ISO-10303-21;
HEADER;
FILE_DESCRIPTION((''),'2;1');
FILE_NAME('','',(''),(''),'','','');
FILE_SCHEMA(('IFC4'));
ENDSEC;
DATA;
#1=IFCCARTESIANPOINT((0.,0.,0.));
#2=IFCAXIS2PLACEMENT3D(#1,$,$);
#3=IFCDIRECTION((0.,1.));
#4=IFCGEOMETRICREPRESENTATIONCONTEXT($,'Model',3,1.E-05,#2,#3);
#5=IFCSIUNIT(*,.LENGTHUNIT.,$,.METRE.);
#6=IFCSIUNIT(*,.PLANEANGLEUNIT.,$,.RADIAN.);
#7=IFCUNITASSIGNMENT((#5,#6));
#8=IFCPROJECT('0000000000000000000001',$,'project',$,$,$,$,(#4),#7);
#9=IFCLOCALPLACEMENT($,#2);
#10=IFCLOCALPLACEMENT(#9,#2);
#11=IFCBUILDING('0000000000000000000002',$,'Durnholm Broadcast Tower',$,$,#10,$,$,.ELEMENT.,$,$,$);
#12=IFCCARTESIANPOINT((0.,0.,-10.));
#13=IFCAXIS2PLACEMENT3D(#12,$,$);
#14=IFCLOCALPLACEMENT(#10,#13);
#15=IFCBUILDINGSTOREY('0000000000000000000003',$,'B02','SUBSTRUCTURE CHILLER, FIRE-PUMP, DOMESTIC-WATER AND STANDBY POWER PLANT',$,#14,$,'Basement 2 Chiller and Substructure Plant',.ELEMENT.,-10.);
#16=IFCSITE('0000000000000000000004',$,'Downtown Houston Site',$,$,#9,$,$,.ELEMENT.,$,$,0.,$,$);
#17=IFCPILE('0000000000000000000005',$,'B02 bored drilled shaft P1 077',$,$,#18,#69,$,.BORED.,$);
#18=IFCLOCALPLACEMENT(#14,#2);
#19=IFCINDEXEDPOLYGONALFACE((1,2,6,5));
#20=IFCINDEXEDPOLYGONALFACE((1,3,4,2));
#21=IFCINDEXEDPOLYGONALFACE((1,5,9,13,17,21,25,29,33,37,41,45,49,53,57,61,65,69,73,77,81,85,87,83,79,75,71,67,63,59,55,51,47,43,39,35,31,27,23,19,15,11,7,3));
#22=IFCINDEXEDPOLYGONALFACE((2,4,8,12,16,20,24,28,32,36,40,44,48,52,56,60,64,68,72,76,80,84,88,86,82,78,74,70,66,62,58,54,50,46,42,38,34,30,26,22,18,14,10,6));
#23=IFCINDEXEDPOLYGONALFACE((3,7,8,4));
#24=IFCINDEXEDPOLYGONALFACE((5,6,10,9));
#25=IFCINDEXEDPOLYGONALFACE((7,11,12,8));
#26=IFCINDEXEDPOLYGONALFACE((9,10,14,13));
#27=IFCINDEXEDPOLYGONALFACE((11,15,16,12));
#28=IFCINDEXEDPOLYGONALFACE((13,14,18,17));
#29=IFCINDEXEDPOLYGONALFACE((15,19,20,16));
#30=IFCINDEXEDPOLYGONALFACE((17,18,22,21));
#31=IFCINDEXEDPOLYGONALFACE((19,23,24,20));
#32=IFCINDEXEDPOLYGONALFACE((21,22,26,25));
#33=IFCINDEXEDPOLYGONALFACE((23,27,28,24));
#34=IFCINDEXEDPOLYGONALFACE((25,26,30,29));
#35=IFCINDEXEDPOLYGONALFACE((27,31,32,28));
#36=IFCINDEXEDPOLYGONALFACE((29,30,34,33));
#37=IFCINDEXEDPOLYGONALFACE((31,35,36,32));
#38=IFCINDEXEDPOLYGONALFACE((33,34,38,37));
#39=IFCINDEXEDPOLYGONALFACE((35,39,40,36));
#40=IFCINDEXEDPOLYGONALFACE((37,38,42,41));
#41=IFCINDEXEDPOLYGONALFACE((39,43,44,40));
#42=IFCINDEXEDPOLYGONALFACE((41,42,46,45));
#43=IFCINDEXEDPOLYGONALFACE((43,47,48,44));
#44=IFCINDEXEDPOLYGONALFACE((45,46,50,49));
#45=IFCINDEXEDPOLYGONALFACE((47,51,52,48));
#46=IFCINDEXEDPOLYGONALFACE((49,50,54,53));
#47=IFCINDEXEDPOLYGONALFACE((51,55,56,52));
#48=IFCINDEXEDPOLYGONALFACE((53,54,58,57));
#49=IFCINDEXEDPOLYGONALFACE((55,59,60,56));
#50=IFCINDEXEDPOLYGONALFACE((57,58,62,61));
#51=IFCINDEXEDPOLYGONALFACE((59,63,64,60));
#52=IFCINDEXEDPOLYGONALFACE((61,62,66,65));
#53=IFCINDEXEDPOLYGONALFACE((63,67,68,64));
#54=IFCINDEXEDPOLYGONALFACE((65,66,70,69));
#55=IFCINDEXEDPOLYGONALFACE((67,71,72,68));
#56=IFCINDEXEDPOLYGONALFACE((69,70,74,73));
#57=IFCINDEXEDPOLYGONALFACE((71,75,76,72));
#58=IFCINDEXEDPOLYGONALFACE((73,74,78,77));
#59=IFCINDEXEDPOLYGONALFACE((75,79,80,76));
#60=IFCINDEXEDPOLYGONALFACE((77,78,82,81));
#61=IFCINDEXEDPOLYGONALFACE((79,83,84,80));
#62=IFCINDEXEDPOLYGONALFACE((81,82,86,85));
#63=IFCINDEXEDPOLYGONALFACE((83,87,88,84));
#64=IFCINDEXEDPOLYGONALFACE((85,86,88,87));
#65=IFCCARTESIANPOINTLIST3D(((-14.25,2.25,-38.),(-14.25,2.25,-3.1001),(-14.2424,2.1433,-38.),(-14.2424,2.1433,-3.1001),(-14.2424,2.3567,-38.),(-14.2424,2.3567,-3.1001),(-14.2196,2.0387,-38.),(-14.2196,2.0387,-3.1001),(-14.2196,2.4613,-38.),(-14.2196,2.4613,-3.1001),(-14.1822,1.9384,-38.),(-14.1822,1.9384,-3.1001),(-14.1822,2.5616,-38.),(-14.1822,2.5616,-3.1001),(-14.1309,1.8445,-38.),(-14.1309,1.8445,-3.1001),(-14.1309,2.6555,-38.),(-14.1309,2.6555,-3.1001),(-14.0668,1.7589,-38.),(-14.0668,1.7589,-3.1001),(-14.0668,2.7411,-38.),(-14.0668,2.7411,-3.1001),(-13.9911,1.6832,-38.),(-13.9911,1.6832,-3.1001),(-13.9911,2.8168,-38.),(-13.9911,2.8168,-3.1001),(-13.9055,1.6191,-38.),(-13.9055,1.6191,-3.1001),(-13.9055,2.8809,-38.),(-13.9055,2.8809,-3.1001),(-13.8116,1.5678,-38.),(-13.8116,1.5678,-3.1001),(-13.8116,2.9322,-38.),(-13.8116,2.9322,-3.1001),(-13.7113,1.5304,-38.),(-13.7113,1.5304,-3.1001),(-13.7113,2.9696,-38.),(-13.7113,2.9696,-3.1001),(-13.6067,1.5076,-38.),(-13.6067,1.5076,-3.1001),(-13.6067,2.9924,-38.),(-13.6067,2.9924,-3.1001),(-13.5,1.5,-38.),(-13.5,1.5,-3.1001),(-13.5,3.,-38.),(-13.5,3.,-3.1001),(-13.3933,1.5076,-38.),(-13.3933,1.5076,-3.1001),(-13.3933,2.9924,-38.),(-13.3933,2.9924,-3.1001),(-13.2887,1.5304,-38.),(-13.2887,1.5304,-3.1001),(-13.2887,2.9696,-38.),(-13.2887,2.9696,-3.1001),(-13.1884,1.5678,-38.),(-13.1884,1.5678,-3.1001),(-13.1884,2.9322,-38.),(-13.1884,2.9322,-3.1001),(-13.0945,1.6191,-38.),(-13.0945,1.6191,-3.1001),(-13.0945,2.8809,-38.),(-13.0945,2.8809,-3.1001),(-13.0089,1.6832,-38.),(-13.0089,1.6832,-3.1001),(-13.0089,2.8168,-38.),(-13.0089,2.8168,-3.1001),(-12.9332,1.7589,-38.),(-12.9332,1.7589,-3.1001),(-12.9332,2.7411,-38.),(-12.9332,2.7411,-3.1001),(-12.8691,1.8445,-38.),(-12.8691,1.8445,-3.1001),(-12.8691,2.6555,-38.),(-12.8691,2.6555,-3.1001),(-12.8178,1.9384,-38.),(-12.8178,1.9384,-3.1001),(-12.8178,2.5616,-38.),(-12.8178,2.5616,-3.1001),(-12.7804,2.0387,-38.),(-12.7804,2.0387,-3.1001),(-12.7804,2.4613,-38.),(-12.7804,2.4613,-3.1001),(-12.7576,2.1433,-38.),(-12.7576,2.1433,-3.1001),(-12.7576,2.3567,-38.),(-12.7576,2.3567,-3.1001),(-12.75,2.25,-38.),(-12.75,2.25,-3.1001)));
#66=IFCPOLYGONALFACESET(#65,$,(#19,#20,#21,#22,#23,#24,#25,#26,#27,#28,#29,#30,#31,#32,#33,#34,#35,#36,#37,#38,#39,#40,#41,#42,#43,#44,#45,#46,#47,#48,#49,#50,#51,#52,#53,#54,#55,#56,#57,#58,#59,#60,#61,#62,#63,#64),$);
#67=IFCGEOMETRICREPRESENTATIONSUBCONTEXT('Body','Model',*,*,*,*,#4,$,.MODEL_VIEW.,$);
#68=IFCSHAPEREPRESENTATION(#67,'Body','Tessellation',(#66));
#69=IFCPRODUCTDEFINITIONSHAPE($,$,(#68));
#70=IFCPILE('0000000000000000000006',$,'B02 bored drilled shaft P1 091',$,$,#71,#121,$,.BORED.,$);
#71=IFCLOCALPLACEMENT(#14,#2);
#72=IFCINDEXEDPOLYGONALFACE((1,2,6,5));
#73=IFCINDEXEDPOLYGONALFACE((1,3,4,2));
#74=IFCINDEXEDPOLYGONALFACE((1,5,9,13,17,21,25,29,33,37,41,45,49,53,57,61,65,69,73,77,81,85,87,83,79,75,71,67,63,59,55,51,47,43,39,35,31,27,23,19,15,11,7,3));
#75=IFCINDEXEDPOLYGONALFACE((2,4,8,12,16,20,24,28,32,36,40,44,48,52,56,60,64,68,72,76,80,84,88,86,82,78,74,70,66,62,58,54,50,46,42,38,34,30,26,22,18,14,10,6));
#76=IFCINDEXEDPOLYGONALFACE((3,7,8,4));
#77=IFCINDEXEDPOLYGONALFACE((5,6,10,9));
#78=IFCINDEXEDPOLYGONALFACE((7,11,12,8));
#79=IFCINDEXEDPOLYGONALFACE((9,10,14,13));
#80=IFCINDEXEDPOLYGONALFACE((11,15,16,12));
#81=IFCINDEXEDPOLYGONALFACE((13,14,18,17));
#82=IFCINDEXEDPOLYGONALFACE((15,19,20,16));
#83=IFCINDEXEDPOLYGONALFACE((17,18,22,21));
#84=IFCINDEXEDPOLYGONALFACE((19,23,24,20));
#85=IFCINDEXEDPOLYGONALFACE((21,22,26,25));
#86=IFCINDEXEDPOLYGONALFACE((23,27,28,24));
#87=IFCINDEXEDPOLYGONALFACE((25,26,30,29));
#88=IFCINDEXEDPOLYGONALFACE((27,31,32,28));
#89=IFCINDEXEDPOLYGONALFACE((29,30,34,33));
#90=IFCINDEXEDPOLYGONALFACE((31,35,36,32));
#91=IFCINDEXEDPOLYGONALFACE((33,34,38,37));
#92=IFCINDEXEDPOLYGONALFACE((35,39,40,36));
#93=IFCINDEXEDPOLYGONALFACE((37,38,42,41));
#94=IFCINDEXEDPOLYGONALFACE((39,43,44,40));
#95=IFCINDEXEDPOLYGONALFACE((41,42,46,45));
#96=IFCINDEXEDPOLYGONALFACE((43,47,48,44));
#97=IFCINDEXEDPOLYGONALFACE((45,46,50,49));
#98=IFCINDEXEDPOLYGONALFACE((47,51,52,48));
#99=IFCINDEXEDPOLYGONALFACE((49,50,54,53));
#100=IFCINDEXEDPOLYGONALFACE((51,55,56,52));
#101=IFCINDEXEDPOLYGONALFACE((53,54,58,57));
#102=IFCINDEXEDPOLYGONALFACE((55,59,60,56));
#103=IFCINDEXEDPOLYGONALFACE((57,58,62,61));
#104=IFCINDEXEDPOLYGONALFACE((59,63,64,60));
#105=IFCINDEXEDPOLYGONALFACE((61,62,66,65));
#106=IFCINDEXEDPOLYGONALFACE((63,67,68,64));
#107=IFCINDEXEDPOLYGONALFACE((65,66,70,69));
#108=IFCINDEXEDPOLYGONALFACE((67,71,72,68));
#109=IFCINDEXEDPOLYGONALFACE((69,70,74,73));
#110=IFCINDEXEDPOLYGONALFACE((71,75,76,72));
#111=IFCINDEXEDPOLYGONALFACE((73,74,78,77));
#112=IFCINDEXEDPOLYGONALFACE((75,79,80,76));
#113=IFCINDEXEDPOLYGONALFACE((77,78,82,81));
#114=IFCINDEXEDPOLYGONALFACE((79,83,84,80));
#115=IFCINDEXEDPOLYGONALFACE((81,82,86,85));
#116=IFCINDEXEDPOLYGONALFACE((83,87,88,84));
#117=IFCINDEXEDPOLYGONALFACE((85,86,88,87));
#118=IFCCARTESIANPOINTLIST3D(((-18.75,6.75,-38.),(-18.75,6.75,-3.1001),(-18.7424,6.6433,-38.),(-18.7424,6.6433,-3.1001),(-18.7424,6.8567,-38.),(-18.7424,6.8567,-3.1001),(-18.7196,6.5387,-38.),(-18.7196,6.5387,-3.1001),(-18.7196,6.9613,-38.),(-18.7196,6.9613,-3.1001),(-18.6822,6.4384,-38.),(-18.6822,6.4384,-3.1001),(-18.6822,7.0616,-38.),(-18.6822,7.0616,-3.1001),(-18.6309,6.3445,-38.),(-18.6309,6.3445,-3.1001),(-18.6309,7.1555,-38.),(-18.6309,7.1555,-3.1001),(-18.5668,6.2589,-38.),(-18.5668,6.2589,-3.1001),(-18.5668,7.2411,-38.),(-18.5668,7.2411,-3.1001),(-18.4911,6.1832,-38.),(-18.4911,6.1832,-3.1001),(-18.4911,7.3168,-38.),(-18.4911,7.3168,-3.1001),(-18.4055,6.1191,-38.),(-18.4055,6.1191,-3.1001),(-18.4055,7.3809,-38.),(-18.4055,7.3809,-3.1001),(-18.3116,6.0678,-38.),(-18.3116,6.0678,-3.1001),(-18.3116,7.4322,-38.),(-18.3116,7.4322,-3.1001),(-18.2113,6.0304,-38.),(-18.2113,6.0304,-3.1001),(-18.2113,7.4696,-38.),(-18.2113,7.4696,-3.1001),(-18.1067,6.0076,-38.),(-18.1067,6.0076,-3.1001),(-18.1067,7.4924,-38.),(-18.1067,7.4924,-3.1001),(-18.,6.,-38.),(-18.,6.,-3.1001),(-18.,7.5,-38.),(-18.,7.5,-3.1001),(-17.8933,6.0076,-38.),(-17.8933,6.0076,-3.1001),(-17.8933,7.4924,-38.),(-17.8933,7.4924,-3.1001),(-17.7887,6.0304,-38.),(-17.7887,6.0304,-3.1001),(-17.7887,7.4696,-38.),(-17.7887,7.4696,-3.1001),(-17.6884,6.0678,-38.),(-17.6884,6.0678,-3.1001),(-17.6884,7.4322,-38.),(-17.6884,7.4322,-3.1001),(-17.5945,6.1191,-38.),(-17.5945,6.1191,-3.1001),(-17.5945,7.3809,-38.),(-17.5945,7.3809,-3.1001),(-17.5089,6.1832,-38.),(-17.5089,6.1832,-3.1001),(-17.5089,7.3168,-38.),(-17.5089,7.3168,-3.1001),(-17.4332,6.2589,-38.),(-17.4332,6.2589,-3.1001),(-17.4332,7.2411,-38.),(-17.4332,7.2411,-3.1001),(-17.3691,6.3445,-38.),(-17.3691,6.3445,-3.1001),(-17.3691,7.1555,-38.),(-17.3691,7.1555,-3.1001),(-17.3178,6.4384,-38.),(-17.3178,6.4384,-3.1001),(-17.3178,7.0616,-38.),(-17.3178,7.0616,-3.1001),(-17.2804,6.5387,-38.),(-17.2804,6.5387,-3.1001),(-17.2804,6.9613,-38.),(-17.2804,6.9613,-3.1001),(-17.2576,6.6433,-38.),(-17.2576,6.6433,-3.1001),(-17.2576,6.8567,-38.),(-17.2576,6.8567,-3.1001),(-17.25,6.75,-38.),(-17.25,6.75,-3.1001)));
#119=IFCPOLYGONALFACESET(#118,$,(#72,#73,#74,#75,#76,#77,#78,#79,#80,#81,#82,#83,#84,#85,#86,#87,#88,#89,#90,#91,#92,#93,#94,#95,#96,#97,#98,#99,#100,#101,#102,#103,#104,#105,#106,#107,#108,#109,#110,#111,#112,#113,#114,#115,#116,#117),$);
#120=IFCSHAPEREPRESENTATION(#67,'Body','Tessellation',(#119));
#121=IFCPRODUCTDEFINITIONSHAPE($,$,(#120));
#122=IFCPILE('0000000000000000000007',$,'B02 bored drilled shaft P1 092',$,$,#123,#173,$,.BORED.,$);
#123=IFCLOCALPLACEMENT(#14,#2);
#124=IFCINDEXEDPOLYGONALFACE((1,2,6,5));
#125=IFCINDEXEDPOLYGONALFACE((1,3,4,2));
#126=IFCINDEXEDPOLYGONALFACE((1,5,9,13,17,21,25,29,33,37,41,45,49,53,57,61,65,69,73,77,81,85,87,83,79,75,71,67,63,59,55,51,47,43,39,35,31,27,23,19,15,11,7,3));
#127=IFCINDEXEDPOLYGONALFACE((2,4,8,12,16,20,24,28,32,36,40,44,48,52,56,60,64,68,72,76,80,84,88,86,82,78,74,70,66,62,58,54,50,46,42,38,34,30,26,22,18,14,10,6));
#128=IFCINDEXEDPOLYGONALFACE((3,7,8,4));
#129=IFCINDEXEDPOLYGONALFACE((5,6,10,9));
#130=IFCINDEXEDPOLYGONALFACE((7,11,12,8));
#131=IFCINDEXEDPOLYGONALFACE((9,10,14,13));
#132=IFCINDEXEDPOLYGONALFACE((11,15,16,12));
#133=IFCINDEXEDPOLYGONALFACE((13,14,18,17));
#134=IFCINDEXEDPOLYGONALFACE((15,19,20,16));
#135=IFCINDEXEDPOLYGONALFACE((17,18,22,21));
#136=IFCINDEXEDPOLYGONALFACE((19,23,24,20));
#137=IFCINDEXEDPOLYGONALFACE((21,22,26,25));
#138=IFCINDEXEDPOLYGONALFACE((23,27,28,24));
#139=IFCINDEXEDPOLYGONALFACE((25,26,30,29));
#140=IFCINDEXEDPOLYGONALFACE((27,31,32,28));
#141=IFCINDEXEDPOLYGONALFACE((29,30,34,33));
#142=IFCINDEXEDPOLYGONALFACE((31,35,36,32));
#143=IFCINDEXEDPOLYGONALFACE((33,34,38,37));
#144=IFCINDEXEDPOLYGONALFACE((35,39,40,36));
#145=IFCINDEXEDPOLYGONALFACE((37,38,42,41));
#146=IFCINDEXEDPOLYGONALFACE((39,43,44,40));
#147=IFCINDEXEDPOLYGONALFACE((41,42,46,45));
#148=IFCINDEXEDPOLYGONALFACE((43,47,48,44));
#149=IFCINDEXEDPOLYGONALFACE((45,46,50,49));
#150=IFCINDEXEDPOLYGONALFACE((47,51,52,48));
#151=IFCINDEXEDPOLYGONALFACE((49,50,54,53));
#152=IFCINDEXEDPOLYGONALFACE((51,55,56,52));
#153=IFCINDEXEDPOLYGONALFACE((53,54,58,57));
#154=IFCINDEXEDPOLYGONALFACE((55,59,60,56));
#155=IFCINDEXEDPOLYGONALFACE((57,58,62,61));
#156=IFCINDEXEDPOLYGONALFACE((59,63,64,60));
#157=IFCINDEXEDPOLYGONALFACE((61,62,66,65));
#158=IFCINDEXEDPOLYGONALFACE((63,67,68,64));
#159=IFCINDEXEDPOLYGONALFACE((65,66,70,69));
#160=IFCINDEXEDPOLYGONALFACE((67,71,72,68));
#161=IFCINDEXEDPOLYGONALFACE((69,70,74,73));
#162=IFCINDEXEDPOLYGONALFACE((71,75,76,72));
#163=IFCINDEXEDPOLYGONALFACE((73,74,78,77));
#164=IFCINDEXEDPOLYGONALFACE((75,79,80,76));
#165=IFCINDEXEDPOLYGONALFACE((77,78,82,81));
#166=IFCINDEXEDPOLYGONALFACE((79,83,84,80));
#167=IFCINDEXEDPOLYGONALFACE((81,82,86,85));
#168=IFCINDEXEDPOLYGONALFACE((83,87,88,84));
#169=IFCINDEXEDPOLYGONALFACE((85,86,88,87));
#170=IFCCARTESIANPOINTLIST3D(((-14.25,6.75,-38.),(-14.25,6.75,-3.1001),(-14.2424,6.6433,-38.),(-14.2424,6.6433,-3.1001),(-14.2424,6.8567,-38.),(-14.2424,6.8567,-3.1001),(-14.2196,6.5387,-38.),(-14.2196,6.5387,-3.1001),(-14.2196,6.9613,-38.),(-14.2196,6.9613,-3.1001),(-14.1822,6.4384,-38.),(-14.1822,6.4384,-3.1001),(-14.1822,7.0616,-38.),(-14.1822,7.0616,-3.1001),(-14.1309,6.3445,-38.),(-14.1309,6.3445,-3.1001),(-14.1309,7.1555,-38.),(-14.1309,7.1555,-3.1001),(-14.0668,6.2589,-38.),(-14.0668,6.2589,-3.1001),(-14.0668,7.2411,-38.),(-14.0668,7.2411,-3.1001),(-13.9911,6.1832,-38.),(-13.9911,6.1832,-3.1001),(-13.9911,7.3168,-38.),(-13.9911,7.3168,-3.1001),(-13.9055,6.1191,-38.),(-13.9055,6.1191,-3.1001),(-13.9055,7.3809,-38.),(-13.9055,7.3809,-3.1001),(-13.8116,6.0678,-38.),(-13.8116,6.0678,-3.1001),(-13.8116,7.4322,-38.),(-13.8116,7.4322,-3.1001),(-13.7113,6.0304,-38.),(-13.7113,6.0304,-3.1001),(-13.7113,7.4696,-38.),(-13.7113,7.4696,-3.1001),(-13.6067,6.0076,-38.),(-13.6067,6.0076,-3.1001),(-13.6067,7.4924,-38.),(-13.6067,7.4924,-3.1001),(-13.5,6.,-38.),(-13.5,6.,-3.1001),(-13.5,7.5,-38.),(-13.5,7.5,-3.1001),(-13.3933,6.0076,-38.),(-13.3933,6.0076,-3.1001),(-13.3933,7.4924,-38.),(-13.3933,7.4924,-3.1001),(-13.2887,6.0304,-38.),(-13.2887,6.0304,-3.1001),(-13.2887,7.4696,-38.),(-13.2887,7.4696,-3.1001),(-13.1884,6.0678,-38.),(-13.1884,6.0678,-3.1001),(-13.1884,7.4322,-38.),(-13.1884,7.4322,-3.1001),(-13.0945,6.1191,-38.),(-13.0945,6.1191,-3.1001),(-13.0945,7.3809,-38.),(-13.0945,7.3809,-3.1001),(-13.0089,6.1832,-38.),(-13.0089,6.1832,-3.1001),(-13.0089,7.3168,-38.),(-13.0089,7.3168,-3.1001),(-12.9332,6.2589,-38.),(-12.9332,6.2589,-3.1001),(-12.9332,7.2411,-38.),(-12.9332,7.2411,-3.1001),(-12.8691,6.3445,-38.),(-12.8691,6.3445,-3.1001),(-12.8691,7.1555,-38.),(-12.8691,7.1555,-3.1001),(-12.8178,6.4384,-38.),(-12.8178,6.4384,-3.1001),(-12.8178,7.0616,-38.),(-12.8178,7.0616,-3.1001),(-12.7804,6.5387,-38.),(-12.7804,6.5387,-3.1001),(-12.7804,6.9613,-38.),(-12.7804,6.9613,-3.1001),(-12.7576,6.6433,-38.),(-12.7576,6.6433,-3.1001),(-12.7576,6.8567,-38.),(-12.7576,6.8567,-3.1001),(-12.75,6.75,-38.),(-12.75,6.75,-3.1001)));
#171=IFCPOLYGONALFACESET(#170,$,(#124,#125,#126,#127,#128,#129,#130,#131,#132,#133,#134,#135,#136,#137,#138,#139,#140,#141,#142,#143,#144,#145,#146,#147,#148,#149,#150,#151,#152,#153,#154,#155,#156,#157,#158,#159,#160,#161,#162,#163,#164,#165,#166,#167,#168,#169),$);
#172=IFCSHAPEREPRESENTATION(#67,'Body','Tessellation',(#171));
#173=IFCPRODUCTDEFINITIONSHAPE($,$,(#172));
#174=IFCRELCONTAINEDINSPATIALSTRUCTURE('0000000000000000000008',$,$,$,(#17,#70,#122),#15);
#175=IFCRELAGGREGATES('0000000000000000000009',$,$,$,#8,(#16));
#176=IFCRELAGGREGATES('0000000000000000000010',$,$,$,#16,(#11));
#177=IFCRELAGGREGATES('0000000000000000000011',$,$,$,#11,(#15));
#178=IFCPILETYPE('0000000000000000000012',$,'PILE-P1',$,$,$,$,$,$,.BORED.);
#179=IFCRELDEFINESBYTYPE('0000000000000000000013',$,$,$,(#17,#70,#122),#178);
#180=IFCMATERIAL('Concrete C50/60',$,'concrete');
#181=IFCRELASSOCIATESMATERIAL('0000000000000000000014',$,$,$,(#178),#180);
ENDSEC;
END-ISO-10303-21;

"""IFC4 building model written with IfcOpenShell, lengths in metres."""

from ifc_helpers import new_model, si_unit, direction, frame, origin, origin_2d, place, context, subcontext, project, spatial, circle, extrude, source, transform, mapped, material, material_profile, profile_set, type_object, type_shapes, element, save


model = new_model("IFC4")

# Units and contexts
model_context = context("Model", 3, precision=1e-05, world=origin(), true_north=direction((0.0, 1.0)))
body_context = subcontext(model_context, "Body", "Model", "MODEL_VIEW")
ifc_project = project(units=[si_unit("LENGTHUNIT", "METRE"), si_unit("PLANEANGLEUNIT", "RADIAN")], contexts=[model_context])

# Site, building, storey
site_placement = place(None, origin())
site = spatial("IfcSite", under=ifc_project, at=site_placement, Name="Downtown Houston Site", CompositionType="ELEMENT", RefElevation=0.0)
building_placement = place(site_placement, origin())
building = spatial("IfcBuilding", under=site, at=building_placement, Name="Durnholm Broadcast Tower", CompositionType="ELEMENT")
storey_placement = place(building_placement, frame((0.0, 0.0, -10.0)))
storey = spatial("IfcBuildingStorey", under=building, at=storey_placement, Name="B02", Description="SUBSTRUCTURE CHILLER, FIRE-PUMP, DOMESTIC-WATER AND STANDBY POWER PLANT", LongName="Basement 2 Chiller and Substructure Plant", CompositionType="ELEMENT", Elevation=-10.0)

# Piles
ifc_material_1 = material(Name="Concrete C50/60", Category="concrete")
ifc_material_profile_1 = material_profile(ifc_material_1, circle(Radius=0.75, at=origin_2d()), Name="PILE1500")
ifc_profile_set_1 = profile_set([ifc_material_profile_1], Name="Concrete C50/60")
pile_type_1 = type_object("IfcPileType", Name="PILE-P1", PredefinedType="BORED", material=ifc_profile_set_1)
shared_shape_1 = source(origin(), body_context, "Body", "SweptSolid", [
    extrude(circle(Radius=0.75, at=origin_2d()), origin(), (0.0, 0.0, 1.0), 34.8999),
])
type_shapes(pile_type_1, [shared_shape_1])
for number, where, z_axis, x_axis, name in (
    (1, (-13.5, 2.25, -3.1001), (0.0, 0.0, -1.0), (1.0, 0.0, 0.0), "B02 bored drilled shaft P1 077"),
    (2, (-18.0, 6.75, -3.1001), (0.0, 0.0, -1.0), (1.0, 0.0, 0.0), "B02 bored drilled shaft P1 091"),
    (3, (-13.5, 6.75, -3.1001), (0.0, 0.0, -1.0), (1.0, 0.0, 0.0), "B02 bored drilled shaft P1 092"),
):
    element("IfcPile", number, at=place(storey_placement, frame(where, z_axis=z_axis, x_axis=x_axis)), inside=storey, type_object=pile_type_1, Name=name, PredefinedType="BORED", context=body_context, shape_type="MappedRepresentation", body=[
        mapped(shared_shape_1, transform((0.0, 0.0, 0.0), x_axis=(1.0, 0.0, 0.0), y_axis=(0.0, 1.0, 0.0), z_axis=(0.0, 0.0, 1.0), scale=1.0)),
    ])

save(model, "model.ifc")
